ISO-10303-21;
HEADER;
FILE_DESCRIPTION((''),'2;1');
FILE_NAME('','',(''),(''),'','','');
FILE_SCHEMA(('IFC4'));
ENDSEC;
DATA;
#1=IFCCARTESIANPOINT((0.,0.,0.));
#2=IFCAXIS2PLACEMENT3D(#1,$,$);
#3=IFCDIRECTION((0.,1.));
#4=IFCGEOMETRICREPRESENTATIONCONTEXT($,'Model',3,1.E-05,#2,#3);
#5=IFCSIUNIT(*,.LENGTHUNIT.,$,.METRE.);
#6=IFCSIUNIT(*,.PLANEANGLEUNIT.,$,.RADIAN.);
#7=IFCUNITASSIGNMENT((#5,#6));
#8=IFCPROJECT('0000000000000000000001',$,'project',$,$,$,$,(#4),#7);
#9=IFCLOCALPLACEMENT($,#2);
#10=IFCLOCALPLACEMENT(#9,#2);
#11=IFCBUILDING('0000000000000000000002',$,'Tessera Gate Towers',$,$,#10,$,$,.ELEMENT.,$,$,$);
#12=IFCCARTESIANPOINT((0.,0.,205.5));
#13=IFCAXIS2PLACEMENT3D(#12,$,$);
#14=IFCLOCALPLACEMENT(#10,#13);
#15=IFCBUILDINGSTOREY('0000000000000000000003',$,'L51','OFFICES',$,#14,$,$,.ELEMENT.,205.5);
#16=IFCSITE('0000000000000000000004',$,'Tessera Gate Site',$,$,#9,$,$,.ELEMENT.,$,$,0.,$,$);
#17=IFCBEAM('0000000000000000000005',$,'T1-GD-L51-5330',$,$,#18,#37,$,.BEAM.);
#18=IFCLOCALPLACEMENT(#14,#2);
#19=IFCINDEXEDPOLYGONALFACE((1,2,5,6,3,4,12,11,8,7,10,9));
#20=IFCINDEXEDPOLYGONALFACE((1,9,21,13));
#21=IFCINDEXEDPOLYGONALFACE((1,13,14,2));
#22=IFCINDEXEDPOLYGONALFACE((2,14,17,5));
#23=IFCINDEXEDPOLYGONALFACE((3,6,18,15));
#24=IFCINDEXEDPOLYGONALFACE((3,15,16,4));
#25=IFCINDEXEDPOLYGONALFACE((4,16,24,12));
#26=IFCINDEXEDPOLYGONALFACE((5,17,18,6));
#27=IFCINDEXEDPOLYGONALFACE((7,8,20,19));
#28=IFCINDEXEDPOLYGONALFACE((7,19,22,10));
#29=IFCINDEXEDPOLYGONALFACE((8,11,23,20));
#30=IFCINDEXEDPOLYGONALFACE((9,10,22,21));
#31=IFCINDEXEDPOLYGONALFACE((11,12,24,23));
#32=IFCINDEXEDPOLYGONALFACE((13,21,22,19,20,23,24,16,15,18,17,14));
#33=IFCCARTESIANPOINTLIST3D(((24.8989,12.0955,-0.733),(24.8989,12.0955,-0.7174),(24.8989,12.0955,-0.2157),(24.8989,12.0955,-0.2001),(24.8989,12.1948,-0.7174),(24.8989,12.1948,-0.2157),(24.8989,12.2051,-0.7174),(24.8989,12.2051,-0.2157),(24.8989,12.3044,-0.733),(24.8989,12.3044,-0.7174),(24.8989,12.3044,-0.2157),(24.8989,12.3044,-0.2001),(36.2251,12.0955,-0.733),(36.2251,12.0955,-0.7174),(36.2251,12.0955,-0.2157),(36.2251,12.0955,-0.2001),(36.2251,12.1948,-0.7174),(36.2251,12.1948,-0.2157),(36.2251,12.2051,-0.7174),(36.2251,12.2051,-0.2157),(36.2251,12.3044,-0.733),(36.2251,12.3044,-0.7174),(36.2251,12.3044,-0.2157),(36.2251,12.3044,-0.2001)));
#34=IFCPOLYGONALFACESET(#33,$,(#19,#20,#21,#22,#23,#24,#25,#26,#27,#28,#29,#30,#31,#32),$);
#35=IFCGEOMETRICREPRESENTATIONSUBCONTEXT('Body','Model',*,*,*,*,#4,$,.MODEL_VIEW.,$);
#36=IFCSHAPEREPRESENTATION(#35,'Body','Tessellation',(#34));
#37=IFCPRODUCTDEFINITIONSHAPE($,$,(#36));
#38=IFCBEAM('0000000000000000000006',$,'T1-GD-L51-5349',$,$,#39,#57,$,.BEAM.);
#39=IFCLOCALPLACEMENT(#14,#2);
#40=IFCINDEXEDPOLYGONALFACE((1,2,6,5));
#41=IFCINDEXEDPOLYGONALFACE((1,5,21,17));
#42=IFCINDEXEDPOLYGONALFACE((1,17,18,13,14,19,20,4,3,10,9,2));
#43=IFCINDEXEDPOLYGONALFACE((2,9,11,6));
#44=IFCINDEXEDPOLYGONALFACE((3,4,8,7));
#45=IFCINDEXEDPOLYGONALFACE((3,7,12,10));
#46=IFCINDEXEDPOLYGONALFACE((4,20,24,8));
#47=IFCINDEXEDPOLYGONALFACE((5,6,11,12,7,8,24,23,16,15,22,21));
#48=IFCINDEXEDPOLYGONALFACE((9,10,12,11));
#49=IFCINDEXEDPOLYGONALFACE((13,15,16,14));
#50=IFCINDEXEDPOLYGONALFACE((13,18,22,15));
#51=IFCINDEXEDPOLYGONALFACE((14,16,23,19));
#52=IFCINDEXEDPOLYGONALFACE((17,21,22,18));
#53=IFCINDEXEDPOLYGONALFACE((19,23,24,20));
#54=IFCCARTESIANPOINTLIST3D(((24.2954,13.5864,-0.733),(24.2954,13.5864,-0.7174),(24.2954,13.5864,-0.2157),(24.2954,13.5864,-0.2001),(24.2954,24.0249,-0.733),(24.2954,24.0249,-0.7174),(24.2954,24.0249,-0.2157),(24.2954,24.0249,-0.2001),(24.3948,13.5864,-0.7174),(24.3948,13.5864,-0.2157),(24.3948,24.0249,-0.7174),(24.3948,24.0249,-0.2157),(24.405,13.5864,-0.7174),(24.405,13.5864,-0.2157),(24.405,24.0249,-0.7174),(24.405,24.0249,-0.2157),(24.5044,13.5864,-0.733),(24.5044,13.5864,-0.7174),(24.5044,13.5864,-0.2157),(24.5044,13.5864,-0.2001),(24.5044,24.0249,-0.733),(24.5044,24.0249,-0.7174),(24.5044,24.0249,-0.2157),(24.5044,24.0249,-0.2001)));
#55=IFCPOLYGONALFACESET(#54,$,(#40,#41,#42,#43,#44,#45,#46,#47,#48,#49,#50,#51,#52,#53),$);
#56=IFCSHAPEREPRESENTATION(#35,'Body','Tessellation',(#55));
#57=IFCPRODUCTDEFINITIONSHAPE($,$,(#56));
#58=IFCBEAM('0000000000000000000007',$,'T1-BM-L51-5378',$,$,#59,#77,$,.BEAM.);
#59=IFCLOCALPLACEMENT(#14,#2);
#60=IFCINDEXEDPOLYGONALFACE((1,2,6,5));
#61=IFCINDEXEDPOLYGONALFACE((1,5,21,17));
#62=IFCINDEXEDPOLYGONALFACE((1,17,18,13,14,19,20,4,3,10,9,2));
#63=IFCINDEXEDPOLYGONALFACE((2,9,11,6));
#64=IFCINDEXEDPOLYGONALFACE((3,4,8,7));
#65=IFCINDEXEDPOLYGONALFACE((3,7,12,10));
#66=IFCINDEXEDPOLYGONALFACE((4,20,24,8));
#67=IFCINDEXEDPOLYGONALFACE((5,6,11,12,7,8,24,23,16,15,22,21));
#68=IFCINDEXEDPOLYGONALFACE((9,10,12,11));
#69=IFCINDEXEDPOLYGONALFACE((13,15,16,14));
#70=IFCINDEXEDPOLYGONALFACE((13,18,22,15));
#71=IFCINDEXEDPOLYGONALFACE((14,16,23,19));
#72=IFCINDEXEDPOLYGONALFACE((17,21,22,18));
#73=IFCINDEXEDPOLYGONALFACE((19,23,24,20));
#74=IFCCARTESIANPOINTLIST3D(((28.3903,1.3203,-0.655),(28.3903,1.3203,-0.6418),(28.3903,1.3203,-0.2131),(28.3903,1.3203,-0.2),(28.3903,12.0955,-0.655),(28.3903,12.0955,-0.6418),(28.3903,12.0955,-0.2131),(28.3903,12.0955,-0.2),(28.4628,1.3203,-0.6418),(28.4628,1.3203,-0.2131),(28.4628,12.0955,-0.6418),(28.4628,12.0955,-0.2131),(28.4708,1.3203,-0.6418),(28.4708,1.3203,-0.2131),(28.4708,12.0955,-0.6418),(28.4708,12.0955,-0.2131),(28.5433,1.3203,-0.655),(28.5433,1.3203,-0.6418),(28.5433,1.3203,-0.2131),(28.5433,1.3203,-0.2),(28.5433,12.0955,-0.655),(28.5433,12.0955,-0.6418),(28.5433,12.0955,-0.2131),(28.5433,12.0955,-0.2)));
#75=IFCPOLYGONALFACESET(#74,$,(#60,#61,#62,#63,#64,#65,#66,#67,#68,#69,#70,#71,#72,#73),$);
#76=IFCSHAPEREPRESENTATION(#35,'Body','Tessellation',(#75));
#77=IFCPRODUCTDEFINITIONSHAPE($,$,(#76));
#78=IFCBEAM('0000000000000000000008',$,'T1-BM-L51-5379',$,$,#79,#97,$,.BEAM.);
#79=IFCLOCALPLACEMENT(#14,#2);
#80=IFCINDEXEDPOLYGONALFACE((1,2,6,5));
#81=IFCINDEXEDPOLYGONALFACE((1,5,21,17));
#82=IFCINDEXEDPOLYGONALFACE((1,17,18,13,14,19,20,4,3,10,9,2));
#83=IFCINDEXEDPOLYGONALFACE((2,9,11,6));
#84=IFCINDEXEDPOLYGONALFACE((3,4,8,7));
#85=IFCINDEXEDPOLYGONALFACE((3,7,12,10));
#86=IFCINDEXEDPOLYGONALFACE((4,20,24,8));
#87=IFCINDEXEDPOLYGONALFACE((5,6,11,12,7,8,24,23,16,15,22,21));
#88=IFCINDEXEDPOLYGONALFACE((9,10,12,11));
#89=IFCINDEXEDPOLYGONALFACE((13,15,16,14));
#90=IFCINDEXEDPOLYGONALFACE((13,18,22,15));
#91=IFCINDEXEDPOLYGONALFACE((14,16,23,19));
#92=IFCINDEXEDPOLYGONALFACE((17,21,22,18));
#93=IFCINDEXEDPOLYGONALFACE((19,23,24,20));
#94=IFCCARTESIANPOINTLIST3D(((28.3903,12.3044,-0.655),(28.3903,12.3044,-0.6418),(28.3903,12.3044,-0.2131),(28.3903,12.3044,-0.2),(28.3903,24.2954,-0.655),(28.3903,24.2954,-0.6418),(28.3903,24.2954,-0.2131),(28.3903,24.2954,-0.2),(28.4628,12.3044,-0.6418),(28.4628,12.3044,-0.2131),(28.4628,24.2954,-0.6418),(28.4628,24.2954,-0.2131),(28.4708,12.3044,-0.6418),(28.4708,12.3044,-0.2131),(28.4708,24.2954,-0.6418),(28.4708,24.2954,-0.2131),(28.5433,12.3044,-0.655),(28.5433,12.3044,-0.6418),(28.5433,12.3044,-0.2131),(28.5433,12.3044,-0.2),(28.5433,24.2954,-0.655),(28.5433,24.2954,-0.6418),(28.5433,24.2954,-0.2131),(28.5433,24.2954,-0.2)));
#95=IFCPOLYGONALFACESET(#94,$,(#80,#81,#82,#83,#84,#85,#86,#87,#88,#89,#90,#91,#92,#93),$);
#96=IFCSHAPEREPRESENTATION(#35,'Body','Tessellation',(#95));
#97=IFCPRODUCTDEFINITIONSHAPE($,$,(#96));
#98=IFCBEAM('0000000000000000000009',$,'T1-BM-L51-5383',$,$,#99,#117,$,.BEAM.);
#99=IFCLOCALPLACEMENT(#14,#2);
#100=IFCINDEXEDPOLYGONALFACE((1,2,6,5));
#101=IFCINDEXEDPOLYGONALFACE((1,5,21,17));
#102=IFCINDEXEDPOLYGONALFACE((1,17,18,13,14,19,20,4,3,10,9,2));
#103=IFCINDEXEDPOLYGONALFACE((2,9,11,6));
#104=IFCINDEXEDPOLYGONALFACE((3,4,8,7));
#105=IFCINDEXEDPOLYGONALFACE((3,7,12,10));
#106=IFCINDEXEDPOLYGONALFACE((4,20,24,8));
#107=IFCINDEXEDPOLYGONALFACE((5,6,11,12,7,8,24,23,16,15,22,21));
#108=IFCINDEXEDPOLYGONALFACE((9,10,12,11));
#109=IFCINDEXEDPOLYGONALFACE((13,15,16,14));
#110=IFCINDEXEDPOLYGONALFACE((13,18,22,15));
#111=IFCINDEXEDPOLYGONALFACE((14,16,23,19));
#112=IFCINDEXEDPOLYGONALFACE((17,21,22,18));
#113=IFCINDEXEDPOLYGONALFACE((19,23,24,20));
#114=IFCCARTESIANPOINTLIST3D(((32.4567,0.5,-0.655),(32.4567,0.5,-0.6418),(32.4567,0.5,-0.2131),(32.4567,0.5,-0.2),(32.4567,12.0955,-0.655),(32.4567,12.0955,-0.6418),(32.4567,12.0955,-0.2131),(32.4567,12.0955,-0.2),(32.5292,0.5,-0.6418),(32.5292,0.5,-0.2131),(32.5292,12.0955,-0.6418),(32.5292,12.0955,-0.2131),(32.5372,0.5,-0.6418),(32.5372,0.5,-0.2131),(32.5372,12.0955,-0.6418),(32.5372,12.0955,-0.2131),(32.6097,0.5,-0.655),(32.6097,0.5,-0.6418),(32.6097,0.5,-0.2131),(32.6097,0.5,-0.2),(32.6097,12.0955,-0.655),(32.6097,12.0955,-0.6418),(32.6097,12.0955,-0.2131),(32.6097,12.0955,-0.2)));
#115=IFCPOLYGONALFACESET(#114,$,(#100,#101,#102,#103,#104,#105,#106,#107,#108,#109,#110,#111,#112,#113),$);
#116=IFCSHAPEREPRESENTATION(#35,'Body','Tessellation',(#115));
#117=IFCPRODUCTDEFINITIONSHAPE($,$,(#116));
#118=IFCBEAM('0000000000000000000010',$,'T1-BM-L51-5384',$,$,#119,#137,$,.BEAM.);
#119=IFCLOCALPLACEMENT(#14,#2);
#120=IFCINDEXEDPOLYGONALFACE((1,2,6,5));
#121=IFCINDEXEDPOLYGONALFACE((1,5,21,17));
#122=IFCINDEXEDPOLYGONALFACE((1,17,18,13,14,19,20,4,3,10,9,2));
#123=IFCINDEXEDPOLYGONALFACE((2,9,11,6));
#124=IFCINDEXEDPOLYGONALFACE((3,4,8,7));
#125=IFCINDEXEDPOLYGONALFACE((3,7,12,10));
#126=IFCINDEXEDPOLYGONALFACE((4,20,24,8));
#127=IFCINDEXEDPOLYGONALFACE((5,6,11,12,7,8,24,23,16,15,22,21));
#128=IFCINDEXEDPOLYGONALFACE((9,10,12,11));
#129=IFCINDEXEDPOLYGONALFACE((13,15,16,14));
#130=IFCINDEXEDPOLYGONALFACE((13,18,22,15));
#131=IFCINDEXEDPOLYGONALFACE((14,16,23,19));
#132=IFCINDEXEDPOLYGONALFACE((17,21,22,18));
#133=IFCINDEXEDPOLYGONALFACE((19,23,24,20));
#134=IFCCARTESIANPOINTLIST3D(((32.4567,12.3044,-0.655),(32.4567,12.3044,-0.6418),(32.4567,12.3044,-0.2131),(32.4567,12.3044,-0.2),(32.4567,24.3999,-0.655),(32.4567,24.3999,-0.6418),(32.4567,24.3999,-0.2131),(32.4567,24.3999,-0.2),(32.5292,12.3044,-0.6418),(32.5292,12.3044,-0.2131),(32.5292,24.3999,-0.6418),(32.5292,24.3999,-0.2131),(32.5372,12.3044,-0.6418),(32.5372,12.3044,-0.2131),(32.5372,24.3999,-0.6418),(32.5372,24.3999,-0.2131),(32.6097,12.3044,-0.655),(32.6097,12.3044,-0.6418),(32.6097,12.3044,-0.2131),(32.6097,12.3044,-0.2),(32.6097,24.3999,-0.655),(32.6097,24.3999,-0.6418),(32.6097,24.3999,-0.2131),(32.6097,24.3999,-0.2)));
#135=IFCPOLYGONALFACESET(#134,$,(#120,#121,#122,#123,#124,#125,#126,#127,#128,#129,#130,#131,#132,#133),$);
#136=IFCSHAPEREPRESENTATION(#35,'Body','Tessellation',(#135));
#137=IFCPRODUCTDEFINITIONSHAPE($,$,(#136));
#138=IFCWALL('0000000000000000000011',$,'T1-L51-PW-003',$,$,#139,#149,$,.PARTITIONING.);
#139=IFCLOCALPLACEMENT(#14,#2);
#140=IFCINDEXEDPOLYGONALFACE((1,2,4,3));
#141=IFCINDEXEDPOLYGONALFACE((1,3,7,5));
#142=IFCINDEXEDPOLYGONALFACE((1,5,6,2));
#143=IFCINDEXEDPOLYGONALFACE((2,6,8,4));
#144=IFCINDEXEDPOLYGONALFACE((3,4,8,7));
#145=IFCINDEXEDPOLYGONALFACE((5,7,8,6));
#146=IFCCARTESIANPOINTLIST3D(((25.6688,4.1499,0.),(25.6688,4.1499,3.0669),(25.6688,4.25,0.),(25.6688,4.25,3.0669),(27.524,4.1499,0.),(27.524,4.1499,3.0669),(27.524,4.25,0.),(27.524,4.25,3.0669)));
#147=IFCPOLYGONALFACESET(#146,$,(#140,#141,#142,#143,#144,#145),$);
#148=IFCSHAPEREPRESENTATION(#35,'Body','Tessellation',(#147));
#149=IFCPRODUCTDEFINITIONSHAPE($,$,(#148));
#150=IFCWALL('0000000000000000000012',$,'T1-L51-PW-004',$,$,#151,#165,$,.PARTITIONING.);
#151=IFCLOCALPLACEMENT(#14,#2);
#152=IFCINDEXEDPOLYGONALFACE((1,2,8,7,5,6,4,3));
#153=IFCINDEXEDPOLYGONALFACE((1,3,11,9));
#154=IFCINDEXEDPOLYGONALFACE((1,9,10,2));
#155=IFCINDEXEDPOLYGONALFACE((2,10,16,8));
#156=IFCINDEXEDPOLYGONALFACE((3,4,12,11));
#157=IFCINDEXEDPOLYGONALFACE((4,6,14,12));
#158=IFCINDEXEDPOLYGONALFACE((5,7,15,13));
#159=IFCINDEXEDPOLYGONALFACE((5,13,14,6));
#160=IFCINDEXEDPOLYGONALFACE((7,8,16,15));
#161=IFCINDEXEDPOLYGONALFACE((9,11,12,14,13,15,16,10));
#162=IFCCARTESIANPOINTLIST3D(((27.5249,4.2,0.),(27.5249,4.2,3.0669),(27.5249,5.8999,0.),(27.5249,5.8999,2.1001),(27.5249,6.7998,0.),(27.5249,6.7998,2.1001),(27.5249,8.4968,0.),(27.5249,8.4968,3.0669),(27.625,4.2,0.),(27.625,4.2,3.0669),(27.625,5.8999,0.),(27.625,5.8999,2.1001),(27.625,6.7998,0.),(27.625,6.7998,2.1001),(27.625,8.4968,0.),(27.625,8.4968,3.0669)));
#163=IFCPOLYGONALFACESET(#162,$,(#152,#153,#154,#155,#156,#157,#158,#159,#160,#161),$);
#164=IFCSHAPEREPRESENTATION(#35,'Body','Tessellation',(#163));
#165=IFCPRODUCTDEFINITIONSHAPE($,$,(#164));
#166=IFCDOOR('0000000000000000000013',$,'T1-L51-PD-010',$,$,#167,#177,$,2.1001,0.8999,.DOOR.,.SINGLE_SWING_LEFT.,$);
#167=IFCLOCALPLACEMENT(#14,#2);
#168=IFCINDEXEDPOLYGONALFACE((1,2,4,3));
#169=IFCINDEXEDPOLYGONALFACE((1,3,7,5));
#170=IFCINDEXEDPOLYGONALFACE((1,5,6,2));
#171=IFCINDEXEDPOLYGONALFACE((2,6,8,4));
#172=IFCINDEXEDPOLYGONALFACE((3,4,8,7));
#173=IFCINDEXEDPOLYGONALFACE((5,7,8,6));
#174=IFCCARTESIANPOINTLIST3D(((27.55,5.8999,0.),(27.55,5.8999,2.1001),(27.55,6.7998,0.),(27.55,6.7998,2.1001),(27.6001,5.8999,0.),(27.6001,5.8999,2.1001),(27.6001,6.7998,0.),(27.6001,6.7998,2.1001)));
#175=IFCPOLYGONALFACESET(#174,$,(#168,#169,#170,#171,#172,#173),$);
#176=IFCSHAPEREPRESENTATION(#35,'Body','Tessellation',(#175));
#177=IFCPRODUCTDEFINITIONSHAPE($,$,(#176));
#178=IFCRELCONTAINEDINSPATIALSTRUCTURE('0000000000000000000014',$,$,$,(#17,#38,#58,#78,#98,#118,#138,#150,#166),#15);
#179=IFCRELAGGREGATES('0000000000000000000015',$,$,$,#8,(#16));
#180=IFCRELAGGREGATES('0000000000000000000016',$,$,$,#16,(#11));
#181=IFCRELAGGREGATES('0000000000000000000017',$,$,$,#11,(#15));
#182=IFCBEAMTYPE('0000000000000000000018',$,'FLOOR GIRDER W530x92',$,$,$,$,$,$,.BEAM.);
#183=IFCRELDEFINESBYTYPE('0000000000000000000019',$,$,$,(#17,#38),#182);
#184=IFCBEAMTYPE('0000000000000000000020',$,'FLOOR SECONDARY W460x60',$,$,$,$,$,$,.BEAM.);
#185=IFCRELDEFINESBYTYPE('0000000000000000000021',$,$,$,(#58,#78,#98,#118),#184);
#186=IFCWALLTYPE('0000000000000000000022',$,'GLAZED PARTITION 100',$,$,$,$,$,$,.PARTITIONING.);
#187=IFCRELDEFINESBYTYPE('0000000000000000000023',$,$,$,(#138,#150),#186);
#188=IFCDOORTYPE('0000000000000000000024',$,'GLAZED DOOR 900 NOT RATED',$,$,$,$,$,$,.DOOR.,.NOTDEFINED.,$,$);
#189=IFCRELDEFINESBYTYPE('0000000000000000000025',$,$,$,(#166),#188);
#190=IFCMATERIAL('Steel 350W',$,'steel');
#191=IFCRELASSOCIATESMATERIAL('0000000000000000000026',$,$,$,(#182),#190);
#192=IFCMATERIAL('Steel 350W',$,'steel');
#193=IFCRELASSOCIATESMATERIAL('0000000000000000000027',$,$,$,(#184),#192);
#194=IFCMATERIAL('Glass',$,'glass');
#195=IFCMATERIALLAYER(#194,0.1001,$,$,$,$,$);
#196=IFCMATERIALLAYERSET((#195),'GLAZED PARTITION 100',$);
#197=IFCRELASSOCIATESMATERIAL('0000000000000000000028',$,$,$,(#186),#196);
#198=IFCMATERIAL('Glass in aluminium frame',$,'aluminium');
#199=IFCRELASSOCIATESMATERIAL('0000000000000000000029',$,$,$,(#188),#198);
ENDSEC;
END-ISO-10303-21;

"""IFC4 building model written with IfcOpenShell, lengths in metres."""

from ifc_helpers import new_model, si_unit, direction, frame, frame_2d, origin, origin_2d, place, context, subcontext, project, spatial, rectangle, i_section, extrude, source, transform, mapped, material, layer, layer_set, material_profile, profile_set, type_object, element, fill, save


model = new_model("IFC4")

# Units and contexts
model_context = context("Model", 3, precision=1e-05, world=origin(), true_north=direction((0.0, 1.0)))
body_context = subcontext(model_context, "Body", "Model", "MODEL_VIEW")
ifc_project = project(units=[si_unit("LENGTHUNIT", "METRE"), si_unit("PLANEANGLEUNIT", "RADIAN")], contexts=[model_context])

# Site, building, storey
site_placement = place(None, origin())
site = spatial("IfcSite", under=ifc_project, at=site_placement, Name="Tessera Gate Site", CompositionType="ELEMENT", RefElevation=0.0)
building_placement = place(site_placement, origin())
building = spatial("IfcBuilding", under=site, at=building_placement, Name="Tessera Gate Towers", CompositionType="ELEMENT")
storey_placement = place(building_placement, frame((0.0, 0.0, 205.5)))
storey = spatial("IfcBuildingStorey", under=building, at=storey_placement, Name="L51", Description="OFFICES", CompositionType="ELEMENT", Elevation=205.5)

# Beams
ifc_material_1 = material(Name="Steel 350W", Category="steel")
ifc_material_profile_1 = material_profile(ifc_material_1, i_section(OverallWidth=0.209, OverallDepth=0.533, WebThickness=0.0103, FlangeThickness=0.0156, at=origin_2d()), Name="W530x92")
ifc_profile_set_1 = profile_set([ifc_material_profile_1], Name="Steel 350W")
beam_type_1 = type_object("IfcBeamType", Name="FLOOR GIRDER W530x92", PredefinedType="BEAM", material=ifc_profile_set_1)
beam_1_placement = place(storey_placement, frame((24.8989, 12.2, -0.4666), z_axis=(1.0, 0.0, 0.0), x_axis=(0.0, 1.0, 0.0)))
element("IfcBeam", 1, at=beam_1_placement, inside=storey, type_object=beam_type_1, Name="T1-GD-L51-5330", PredefinedType="BEAM", context=body_context, shape_type="SweptSolid", body=[
    extrude(i_section(OverallWidth=0.209, OverallDepth=0.533, WebThickness=0.0103, FlangeThickness=0.0156, at=origin_2d()), origin(), (0.0, 0.0, 1.0), 11.3262),
])
beam_2_placement = place(storey_placement, frame((24.3999, 13.5864, -0.4666), z_axis=(0.0, 1.0, 0.0), x_axis=(-1.0, 0.0, 0.0)))
element("IfcBeam", 2, at=beam_2_placement, inside=storey, type_object=beam_type_1, Name="T1-GD-L51-5349", PredefinedType="BEAM", context=body_context, shape_type="SweptSolid", body=[
    extrude(i_section(OverallWidth=0.209, OverallDepth=0.533, WebThickness=0.0103, FlangeThickness=0.0156, at=origin_2d()), origin(), (0.0, 0.0, 1.0), 10.4385),
])
ifc_material_2 = material(Name="Steel 350W", Category="steel")
ifc_material_profile_2 = material_profile(ifc_material_2, i_section(OverallWidth=0.1531, OverallDepth=0.4551, WebThickness=0.0081, FlangeThickness=0.0132, at=origin_2d()), Name="W460x60")
ifc_profile_set_2 = profile_set([ifc_material_profile_2], Name="Steel 350W")
beam_type_2 = type_object("IfcBeamType", Name="FLOOR SECONDARY W460x60", PredefinedType="BEAM", material=ifc_profile_set_2)
beam_3_placement = place(storey_placement, frame((28.4668, 1.3203, -0.4275), z_axis=(0.0, 1.0, 0.0), x_axis=(-1.0, 0.0, 0.0)))
element("IfcBeam", 3, at=beam_3_placement, inside=storey, type_object=beam_type_2, Name="T1-BM-L51-5378", PredefinedType="BEAM", context=body_context, shape_type="SweptSolid", body=[
    extrude(i_section(OverallWidth=0.1531, OverallDepth=0.4551, WebThickness=0.0081, FlangeThickness=0.0132, at=origin_2d()), origin(), (0.0, 0.0, 1.0), 10.7751),
])
beam_4_placement = place(storey_placement, frame((28.4668, 12.3044, -0.4275), z_axis=(0.0, 1.0, 0.0), x_axis=(-1.0, 0.0, 0.0)))
element("IfcBeam", 4, at=beam_4_placement, inside=storey, type_object=beam_type_2, Name="T1-BM-L51-5379", PredefinedType="BEAM", context=body_context, shape_type="SweptSolid", body=[
    extrude(i_section(OverallWidth=0.1531, OverallDepth=0.4551, WebThickness=0.0081, FlangeThickness=0.0132, at=origin_2d()), origin(), (0.0, 0.0, 1.0), 11.991),
])
beam_5_placement = place(storey_placement, frame((32.5332, 0.5, -0.4275), z_axis=(0.0, 1.0, 0.0), x_axis=(-1.0, 0.0, 0.0)))
element("IfcBeam", 5, at=beam_5_placement, inside=storey, type_object=beam_type_2, Name="T1-BM-L51-5383", PredefinedType="BEAM", context=body_context, shape_type="SweptSolid", body=[
    extrude(i_section(OverallWidth=0.1531, OverallDepth=0.4551, WebThickness=0.0081, FlangeThickness=0.0132, at=origin_2d()), origin(), (0.0, 0.0, 1.0), 11.5955),
])
beam_6_placement = place(storey_placement, frame((32.5332, 12.3044, -0.4275), z_axis=(0.0, 1.0, 0.0), x_axis=(-1.0, 0.0, 0.0)))
element("IfcBeam", 6, at=beam_6_placement, inside=storey, type_object=beam_type_2, Name="T1-BM-L51-5384", PredefinedType="BEAM", context=body_context, shape_type="SweptSolid", body=[
    extrude(i_section(OverallWidth=0.1531, OverallDepth=0.4551, WebThickness=0.0081, FlangeThickness=0.0132, at=origin_2d()), origin(), (0.0, 0.0, 1.0), 12.0955),
])

# Wall
ifc_material_3 = material(Name="Glass", Category="glass")
ifc_layer_1 = layer(ifc_material_3, 0.1001)
ifc_layer_set_1 = layer_set([ifc_layer_1], Name="GLAZED PARTITION 100")
wall_type_1 = type_object("IfcWallType", Name="GLAZED PARTITION 100", PredefinedType="PARTITIONING", material=ifc_layer_set_1)
wall_1_placement = place(storey_placement, frame((25.6687, 4.2, 0.0), z_axis=(0.0, 0.0, 1.0), x_axis=(1.0, 0.0, 0.0)))
element("IfcWall", 7, at=wall_1_placement, inside=storey, type_object=wall_type_1, Name="T1-L51-PW-003", PredefinedType="PARTITIONING", context=body_context, shape_type="SweptSolid", body=[
    extrude(rectangle(XDim=1.8552, YDim=0.1001, at=frame_2d((0.9277, 0.0))), origin(), (0.0, 0.0, 1.0), 3.0669),
])

# Wall, opening, door
wall_2_placement = place(storey_placement, frame((27.575, 4.2, 0.0), z_axis=(0.0, 0.0, 1.0), x_axis=(0.0, 1.0, 0.0)))
wall_2 = element("IfcWall", 8, at=wall_2_placement, inside=storey, type_object=wall_type_1, Name="T1-L51-PW-004", PredefinedType="PARTITIONING", context=body_context, shape_type="SweptSolid", body=[
    extrude(rectangle(XDim=4.2969, YDim=0.1001, at=frame_2d((2.1484, 0.0))), origin(), (0.0, 0.0, 1.0), 3.0669),
])
shared_shape_1 = source(origin(), body_context, "Body", "SweptSolid", [
    extrude(rectangle(XDim=0.8999, YDim=2.1001, at=frame_2d((0.45, 1.05))), frame((0.0, 0.0601, 0.0), z_axis=(0.0, -1.0, 0.0), x_axis=(1.0, 0.0, 0.0)), (0.0, 0.0, 1.0), 0.1201),
])
opening_1_placement = place(wall_2_placement, frame((1.7, 0.0, 0.0)))
opening_1 = element("IfcOpeningElement", 9, at=opening_1_placement, cuts=wall_2, PredefinedType="OPENING", context=body_context, shape_type="MappedRepresentation", body=[
    mapped(shared_shape_1, transform((0.0, 0.0, 0.0), scale=1.0)),
])
ifc_material_4 = material(Name="Glass in aluminium frame", Category="aluminium")
door_type = type_object("IfcDoorType", Name="GLAZED DOOR 900 NOT RATED", OperationType="NOTDEFINED", PredefinedType="DOOR", material=ifc_material_4)
shared_shape_2 = source(origin(), body_context, "Body", "SweptSolid", [
    extrude(rectangle(XDim=0.8999, YDim=2.1001, at=frame_2d((0.45, 1.05))), frame((0.0, 0.0249, 0.0), z_axis=(0.0, -1.0, 0.0), x_axis=(1.0, 0.0, 0.0)), (0.0, 0.0, 1.0), 0.05),
])
door_1_placement = place(opening_1_placement, origin())
door_1 = element("IfcDoor", 10, at=door_1_placement, inside=storey, type_object=door_type, Name="T1-L51-PD-010", OperationType="SINGLE_SWING_LEFT", OverallHeight=2.1001, OverallWidth=0.8999, PredefinedType="DOOR", context=body_context, shape_type="MappedRepresentation", body=[
    mapped(shared_shape_2, transform((0.0, 0.0, 0.0), scale=1.0)),
])
fill(opening_1, door_1)

save(model, "model.ifc")
